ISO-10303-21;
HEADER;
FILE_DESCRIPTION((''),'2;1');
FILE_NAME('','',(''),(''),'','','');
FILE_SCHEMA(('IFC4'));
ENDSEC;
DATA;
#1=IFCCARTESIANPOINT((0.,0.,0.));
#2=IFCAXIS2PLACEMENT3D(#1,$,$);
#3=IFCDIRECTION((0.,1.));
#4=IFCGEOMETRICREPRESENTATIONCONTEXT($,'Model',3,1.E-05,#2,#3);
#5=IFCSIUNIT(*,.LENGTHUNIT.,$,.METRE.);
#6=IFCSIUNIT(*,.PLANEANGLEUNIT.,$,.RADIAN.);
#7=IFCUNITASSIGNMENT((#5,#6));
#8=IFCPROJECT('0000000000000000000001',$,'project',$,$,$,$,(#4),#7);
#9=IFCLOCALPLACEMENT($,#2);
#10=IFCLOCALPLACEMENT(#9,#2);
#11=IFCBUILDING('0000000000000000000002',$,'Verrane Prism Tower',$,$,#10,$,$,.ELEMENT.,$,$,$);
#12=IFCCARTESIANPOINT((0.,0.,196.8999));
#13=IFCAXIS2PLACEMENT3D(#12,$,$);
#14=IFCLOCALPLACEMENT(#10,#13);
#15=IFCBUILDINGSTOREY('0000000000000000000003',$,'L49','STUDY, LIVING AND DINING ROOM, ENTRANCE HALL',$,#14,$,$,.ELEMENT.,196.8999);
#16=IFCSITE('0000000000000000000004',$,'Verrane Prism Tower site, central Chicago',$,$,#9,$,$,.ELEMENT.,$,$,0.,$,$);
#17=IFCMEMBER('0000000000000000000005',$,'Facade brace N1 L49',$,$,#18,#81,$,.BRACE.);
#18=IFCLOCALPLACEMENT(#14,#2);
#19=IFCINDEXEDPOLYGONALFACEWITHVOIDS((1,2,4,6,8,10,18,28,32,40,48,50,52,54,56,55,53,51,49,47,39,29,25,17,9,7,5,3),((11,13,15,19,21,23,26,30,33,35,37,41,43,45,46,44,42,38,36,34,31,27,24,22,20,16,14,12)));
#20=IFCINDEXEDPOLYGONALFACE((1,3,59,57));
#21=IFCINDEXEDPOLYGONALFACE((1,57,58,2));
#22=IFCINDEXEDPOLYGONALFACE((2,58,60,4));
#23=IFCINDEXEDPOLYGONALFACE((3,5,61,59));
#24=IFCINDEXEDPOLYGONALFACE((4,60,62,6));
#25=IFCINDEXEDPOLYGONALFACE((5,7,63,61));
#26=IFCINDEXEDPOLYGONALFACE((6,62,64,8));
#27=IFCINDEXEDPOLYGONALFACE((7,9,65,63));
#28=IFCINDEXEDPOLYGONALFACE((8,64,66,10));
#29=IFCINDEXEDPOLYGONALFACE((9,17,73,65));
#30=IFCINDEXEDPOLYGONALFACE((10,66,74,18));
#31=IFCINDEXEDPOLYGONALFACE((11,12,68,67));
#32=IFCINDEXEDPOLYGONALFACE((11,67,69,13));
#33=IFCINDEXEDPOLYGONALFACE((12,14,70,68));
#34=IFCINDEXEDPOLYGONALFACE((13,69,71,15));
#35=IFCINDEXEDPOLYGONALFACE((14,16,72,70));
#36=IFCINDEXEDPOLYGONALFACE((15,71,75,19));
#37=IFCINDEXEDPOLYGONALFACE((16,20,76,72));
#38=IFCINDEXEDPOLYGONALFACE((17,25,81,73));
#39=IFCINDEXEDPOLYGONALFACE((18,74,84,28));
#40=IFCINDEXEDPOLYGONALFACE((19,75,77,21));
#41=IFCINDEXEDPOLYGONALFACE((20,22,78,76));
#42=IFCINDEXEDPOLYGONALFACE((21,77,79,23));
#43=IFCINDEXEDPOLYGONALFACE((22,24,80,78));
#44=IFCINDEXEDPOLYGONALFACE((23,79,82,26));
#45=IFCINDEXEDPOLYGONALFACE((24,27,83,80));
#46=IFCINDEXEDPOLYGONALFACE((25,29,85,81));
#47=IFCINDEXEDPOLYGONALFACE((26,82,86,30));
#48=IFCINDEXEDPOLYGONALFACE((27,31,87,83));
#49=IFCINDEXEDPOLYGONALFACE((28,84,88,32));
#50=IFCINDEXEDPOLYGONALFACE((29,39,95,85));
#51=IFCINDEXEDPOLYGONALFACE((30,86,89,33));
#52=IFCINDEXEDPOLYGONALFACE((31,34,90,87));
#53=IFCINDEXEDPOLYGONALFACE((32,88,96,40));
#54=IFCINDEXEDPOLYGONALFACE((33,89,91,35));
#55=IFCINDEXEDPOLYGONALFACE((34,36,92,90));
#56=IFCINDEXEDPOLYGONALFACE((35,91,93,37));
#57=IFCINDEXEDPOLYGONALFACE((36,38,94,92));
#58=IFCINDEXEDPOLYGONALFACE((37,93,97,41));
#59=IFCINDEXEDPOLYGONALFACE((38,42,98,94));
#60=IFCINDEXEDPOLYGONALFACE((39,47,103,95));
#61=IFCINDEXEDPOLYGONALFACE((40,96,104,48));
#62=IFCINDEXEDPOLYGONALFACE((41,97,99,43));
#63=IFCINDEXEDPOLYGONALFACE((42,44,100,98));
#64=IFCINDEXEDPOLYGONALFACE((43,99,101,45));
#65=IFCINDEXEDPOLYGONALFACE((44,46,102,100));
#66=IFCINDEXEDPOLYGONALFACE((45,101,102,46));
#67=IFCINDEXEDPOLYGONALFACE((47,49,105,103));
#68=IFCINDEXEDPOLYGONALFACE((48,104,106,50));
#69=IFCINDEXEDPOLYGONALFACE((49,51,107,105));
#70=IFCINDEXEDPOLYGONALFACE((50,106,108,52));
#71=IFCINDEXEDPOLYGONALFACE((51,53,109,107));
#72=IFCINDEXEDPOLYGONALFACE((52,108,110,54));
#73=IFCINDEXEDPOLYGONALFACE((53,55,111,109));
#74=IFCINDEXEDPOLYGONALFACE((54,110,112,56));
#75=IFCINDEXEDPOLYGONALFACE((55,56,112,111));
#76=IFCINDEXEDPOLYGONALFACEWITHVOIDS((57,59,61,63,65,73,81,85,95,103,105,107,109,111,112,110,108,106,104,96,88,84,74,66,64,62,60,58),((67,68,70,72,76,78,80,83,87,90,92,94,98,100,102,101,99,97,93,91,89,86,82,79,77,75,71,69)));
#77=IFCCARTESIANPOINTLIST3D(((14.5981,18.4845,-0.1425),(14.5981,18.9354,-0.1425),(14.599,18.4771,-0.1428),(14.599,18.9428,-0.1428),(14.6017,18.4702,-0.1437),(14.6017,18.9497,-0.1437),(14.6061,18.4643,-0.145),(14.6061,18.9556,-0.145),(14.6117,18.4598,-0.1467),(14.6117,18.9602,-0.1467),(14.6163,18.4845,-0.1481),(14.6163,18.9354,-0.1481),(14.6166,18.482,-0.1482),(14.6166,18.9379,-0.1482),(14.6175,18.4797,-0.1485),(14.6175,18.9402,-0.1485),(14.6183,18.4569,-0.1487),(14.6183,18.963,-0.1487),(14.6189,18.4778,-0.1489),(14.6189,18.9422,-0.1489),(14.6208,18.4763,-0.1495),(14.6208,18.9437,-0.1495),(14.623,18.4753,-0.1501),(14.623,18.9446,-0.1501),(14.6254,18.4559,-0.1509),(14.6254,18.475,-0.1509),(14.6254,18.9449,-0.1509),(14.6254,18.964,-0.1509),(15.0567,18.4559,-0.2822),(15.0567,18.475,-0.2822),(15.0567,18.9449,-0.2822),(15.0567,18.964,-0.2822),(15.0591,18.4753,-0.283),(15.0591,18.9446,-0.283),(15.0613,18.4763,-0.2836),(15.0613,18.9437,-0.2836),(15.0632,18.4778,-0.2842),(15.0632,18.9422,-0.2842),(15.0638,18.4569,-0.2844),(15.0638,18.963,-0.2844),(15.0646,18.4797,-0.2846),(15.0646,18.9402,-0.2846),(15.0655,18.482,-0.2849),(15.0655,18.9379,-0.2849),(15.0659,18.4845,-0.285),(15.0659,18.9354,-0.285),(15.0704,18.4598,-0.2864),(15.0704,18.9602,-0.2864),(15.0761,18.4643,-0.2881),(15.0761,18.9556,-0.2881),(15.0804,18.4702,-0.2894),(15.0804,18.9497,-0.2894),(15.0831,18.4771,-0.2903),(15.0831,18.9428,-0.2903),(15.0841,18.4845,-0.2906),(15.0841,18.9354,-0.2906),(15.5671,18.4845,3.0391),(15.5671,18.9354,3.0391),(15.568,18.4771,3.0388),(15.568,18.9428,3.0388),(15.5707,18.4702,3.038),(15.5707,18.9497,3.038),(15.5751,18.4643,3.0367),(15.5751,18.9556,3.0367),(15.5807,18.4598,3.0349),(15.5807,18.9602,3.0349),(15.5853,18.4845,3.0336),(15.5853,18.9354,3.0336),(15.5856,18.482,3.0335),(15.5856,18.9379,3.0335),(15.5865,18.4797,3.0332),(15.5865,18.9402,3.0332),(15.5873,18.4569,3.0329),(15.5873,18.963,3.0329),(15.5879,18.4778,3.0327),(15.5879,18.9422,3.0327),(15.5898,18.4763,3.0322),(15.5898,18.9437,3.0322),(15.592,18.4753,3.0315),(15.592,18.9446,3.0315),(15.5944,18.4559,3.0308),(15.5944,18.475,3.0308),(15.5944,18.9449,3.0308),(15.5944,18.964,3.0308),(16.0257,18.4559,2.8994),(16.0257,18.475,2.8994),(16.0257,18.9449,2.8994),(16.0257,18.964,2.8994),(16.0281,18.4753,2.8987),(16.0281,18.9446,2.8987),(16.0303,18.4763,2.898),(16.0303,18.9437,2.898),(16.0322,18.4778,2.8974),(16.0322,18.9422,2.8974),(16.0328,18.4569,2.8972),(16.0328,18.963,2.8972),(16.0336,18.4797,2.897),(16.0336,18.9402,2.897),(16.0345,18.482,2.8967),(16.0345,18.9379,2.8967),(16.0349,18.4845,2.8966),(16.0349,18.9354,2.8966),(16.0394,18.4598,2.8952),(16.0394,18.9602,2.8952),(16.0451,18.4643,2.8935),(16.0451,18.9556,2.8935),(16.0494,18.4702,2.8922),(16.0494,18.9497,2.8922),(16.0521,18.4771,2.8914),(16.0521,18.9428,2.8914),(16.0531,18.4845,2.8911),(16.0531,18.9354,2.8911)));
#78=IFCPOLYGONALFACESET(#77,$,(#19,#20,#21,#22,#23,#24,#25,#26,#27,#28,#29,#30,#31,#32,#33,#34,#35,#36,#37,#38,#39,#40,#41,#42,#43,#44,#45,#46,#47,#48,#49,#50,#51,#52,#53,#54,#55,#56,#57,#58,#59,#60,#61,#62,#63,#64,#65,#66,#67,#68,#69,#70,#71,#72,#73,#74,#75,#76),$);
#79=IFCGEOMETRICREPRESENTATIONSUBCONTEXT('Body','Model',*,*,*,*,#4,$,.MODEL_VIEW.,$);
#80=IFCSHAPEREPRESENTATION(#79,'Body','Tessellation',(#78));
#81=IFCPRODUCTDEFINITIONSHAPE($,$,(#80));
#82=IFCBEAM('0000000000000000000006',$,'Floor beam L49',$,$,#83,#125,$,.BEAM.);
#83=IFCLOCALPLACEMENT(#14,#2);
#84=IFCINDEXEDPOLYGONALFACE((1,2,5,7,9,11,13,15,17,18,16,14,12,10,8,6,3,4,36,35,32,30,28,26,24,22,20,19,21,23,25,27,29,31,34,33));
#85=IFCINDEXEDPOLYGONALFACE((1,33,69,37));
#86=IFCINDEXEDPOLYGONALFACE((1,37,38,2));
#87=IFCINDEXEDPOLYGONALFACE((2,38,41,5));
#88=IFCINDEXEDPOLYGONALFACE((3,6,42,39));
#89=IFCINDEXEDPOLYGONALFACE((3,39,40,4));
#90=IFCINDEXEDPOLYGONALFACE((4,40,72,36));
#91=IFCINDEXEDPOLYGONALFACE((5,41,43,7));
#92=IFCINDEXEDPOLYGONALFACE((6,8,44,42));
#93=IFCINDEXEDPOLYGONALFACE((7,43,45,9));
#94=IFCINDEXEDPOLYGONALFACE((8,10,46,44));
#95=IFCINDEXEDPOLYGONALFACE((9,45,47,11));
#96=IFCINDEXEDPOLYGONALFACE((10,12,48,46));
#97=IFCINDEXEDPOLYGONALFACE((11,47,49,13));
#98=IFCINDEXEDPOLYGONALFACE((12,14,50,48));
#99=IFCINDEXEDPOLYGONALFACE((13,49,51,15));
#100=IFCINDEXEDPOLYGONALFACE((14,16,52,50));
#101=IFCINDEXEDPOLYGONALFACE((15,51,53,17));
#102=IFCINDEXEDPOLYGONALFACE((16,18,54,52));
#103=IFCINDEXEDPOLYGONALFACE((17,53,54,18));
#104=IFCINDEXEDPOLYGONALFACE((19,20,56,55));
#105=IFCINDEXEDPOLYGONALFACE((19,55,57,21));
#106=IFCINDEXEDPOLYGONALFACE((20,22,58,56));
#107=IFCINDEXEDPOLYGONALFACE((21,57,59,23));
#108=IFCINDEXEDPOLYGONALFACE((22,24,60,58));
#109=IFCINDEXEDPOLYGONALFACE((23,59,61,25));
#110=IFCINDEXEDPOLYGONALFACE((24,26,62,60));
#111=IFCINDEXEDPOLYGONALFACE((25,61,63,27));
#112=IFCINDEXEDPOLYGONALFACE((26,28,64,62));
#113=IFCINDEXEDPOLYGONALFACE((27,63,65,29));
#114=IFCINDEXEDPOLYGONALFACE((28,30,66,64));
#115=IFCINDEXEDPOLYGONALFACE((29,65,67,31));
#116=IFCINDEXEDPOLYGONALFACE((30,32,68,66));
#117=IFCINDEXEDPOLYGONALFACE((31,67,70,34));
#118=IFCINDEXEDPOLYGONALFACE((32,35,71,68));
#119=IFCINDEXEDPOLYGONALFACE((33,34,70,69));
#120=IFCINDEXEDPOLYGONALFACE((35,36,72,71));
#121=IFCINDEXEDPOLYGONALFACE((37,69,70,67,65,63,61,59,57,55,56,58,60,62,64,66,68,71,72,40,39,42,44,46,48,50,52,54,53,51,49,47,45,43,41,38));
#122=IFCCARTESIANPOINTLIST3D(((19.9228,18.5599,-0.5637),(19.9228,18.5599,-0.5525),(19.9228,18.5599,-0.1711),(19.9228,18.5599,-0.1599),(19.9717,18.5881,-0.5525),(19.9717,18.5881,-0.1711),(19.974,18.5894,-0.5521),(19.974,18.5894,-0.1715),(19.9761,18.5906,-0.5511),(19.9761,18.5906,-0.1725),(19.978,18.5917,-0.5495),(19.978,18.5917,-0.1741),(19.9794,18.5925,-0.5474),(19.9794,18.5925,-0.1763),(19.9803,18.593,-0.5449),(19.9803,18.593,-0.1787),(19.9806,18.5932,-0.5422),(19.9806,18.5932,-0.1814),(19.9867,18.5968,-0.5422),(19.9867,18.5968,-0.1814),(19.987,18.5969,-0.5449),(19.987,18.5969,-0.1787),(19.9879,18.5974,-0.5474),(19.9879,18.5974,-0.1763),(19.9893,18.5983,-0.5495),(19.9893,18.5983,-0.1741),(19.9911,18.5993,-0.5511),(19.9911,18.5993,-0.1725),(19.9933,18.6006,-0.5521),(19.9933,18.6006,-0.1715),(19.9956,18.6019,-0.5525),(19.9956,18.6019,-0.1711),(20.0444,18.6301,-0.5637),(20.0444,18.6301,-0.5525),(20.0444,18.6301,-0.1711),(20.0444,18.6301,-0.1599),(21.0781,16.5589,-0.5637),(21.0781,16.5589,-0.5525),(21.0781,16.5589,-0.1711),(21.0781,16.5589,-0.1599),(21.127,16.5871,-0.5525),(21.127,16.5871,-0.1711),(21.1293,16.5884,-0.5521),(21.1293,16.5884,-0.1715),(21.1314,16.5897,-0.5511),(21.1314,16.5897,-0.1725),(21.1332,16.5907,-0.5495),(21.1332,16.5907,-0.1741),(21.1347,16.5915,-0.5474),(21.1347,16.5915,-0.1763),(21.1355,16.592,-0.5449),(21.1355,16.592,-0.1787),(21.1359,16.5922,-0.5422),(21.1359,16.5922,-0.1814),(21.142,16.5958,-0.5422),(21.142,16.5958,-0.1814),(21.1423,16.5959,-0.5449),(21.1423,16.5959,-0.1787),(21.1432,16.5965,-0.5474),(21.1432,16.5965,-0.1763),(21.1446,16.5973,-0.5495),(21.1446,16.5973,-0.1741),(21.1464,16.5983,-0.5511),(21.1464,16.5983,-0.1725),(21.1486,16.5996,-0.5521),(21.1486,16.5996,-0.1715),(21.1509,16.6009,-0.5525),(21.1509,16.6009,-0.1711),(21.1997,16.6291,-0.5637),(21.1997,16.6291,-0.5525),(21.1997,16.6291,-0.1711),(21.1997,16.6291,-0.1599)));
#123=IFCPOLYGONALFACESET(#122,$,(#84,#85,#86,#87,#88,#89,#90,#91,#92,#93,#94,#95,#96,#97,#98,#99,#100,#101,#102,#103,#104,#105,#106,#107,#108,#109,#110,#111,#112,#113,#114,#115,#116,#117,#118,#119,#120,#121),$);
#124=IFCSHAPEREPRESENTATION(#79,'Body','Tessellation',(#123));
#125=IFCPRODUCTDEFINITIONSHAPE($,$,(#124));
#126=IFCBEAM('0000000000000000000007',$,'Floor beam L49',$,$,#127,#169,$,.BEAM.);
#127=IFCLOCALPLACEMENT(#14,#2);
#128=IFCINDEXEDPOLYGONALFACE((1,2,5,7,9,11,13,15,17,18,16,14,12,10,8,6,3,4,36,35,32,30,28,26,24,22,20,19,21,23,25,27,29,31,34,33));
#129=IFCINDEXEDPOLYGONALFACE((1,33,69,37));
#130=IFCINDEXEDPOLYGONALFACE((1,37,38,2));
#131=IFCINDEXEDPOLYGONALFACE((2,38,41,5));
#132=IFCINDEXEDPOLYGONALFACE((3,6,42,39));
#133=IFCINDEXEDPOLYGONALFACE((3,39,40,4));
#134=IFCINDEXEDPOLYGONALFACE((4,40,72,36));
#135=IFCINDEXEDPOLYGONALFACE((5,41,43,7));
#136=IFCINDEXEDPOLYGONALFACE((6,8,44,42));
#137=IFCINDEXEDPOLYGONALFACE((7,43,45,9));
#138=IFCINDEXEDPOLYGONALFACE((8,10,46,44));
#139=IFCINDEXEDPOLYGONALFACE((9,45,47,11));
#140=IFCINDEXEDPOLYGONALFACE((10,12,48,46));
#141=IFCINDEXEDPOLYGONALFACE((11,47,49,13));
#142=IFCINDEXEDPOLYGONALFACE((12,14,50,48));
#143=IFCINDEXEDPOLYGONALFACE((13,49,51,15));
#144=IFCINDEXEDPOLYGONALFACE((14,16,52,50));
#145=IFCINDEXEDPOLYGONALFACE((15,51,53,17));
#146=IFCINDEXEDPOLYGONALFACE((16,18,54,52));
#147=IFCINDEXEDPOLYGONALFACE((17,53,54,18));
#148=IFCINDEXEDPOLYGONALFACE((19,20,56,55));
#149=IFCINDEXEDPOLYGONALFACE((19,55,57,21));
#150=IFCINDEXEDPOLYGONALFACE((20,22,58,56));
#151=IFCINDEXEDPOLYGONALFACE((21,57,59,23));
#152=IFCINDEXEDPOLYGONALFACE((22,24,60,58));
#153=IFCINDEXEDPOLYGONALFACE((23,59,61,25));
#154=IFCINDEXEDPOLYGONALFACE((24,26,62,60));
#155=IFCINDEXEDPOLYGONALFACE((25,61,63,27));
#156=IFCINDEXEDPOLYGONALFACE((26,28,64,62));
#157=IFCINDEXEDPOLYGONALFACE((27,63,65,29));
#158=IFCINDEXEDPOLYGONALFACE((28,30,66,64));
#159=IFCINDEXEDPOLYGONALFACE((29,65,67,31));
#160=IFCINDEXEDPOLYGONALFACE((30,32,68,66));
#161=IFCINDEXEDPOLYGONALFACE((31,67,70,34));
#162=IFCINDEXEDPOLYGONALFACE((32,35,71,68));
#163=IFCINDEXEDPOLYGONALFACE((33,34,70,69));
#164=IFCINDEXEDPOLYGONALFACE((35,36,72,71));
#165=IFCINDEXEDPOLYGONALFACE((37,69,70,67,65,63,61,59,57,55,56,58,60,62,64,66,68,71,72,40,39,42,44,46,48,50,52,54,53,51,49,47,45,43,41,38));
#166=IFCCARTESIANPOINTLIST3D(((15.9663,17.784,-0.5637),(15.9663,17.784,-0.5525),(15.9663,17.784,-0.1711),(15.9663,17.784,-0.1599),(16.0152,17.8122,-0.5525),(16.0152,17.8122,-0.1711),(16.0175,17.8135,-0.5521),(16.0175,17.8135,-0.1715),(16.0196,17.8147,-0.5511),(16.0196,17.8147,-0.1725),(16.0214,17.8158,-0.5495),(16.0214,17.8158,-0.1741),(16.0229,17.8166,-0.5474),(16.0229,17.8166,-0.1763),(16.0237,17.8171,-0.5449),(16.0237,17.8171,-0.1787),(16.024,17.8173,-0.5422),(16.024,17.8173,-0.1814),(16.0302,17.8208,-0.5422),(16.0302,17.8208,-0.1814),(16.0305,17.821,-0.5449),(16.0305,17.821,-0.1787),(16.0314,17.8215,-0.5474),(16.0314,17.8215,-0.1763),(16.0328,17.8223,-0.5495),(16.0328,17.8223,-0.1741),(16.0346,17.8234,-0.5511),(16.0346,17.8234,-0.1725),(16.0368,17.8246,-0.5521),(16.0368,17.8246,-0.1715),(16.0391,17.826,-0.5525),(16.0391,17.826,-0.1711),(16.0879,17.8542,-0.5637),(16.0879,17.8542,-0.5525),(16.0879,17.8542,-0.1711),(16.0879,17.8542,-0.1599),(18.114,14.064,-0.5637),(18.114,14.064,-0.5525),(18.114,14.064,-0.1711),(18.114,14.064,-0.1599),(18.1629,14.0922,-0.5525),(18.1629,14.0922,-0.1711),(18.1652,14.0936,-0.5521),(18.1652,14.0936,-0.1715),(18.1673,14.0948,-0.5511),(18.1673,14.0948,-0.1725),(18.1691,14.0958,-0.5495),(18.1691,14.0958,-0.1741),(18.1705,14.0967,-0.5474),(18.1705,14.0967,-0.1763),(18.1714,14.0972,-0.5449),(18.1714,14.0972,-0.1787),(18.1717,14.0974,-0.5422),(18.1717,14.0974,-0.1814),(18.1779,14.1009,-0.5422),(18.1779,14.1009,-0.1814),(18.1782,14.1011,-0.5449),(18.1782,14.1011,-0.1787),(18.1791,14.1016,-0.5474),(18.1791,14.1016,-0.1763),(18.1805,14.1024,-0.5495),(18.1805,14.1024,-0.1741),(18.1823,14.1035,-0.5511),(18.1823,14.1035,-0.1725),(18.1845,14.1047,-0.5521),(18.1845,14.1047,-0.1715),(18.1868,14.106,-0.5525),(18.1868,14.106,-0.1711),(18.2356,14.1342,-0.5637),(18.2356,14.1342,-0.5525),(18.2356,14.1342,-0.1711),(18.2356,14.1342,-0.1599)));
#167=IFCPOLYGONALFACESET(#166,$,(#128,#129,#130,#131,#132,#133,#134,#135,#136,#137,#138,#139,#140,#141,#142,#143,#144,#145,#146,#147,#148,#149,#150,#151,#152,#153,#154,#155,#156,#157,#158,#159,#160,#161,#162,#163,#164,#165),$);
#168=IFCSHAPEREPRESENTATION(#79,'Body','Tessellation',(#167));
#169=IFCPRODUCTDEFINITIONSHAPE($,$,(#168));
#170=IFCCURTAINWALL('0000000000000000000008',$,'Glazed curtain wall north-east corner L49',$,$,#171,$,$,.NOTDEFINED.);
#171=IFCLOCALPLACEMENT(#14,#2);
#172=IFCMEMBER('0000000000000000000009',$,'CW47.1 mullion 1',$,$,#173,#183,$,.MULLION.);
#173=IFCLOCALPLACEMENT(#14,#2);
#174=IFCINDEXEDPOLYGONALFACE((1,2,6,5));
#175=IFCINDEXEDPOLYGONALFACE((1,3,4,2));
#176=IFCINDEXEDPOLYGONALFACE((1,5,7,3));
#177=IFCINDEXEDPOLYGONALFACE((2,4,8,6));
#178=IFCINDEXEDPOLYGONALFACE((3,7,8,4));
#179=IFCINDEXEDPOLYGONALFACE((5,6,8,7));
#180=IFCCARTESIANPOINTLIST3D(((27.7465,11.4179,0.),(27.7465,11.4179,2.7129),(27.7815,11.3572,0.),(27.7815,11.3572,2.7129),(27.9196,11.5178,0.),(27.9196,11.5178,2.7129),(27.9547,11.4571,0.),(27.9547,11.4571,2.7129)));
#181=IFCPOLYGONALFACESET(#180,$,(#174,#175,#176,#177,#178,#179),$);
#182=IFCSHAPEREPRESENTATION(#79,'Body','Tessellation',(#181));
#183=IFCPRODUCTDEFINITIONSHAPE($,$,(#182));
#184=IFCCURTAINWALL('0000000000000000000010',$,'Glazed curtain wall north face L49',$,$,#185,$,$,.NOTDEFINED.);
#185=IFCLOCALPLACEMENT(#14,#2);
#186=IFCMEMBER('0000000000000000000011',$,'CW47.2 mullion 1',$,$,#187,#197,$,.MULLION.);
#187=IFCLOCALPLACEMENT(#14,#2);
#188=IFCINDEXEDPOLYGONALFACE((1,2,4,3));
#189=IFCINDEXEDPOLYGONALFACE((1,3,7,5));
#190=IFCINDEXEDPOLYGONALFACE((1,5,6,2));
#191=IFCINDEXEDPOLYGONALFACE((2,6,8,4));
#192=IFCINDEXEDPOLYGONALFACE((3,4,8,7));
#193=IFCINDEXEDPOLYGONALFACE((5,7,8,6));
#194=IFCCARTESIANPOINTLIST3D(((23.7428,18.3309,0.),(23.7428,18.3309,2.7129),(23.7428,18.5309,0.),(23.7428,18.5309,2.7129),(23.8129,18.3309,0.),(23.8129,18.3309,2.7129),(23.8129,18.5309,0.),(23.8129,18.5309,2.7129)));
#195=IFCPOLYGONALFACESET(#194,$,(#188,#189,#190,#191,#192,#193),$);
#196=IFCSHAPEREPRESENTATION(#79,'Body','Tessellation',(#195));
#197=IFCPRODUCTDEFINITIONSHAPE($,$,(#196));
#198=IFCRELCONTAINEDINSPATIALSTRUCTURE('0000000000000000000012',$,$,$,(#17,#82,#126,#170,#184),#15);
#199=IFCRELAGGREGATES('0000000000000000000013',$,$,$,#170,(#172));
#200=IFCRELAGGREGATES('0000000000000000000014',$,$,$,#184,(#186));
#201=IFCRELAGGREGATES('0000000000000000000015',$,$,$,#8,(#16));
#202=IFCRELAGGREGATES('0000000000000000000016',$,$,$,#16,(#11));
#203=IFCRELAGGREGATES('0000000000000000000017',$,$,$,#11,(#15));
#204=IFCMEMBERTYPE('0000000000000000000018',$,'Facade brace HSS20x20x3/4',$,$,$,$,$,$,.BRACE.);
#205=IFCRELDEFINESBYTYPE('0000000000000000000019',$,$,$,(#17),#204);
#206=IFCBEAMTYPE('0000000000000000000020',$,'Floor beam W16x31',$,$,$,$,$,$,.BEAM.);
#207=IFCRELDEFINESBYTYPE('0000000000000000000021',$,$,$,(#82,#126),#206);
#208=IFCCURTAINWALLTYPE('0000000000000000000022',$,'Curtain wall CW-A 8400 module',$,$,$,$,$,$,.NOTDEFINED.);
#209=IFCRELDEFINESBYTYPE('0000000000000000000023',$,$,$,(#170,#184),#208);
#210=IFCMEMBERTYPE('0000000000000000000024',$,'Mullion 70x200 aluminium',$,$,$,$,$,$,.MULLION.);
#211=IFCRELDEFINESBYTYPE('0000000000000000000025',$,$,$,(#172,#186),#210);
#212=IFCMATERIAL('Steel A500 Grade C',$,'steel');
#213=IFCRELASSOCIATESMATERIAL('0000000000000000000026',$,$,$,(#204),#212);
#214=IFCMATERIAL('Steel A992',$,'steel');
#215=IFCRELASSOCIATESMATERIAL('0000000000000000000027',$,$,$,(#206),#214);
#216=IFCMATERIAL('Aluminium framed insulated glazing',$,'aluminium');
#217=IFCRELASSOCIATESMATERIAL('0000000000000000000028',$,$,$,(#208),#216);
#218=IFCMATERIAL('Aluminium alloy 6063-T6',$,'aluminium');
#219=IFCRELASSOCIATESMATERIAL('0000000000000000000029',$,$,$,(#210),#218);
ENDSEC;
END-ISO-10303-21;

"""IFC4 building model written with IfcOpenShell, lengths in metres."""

from ifc_helpers import new_model, si_unit, direction, frame, origin, origin_2d, place, context, subcontext, project, spatial, rectangle, hollow_rectangle, i_section, extrude, material, material_profile, profile_set, type_object, element, aggregate, save


model = new_model("IFC4")

# Units and contexts
model_context = context("Model", 3, precision=1e-05, world=origin(), true_north=direction((0.0, 1.0)))
body_context = subcontext(model_context, "Body", "Model", "MODEL_VIEW")
ifc_project = project(units=[si_unit("LENGTHUNIT", "METRE"), si_unit("PLANEANGLEUNIT", "RADIAN")], contexts=[model_context])

# Site, building, storey
site_placement = place(None, origin())
site = spatial("IfcSite", under=ifc_project, at=site_placement, Name="Verrane Prism Tower site, central Chicago", CompositionType="ELEMENT", RefElevation=0.0)
building_placement = place(site_placement, origin())
building = spatial("IfcBuilding", under=site, at=building_placement, Name="Verrane Prism Tower", CompositionType="ELEMENT")
storey_placement = place(building_placement, frame((0.0, 0.0, 196.8999)))
storey = spatial("IfcBuildingStorey", under=building, at=storey_placement, Name="L49", Description="STUDY, LIVING AND DINING ROOM, ENTRANCE HALL", CompositionType="ELEMENT", Elevation=196.8999)

# Member
ifc_material_1 = material(Name="Steel A500 Grade C", Category="steel")
ifc_material_profile_1 = material_profile(ifc_material_1, hollow_rectangle(XDim=0.5081, YDim=0.5081, WallThickness=0.019, InnerFilletRadius=0.0095, OuterFilletRadius=0.0286, at=origin_2d()), Name="HSS20x20x3/4")
ifc_profile_set_1 = profile_set([ifc_material_profile_1], Name="Steel A500 Grade C")
member_type_1 = type_object("IfcMemberType", Name="Facade brace HSS20x20x3/4", PredefinedType="BRACE", material=ifc_profile_set_1)
member_1_placement = place(storey_placement, frame((14.8411, 18.71, -0.2166), z_axis=(0.291346, 0.0, 0.956618), x_axis=(0.0, 1.0, 0.0)))
element("IfcMember", 1, at=member_1_placement, inside=storey, type_object=member_type_1, Name="Facade brace N1 L49", PredefinedType="BRACE", context=body_context, shape_type="SweptSolid", body=[
    extrude(hollow_rectangle(XDim=0.5081, YDim=0.5081, WallThickness=0.019, InnerFilletRadius=0.0095, OuterFilletRadius=0.0286, at=origin_2d()), origin(), (0.0, 0.0, 1.0), 3.3259),
])

# Beams
ifc_material_2 = material(Name="Steel A992", Category="steel")
ifc_material_profile_2 = material_profile(ifc_material_2, i_section(OverallWidth=0.1404, OverallDepth=0.4038, WebThickness=0.0071, FlangeThickness=0.0112, FilletRadius=0.0103, at=origin_2d()), Name="W16x31")
ifc_profile_set_2 = profile_set([ifc_material_profile_2], Name="Steel A992")
beam_type_1 = type_object("IfcBeamType", Name="Floor beam W16x31", PredefinedType="BEAM", material=ifc_profile_set_2)
beam_1_placement = place(storey_placement, frame((21.1389, 16.594, -0.3618), z_axis=(-0.500003, 0.866024, 0.0), x_axis=(-0.866024, -0.500003, 0.0)))
element("IfcBeam", 2, at=beam_1_placement, inside=storey, type_object=beam_type_1, Name="Floor beam L49", PredefinedType="BEAM", context=body_context, shape_type="SweptSolid", body=[
    extrude(i_section(OverallWidth=0.1404, OverallDepth=0.4038, WebThickness=0.0071, FlangeThickness=0.0112, FilletRadius=0.0103, at=origin_2d()), origin(), (0.0, 0.0, 1.0), 2.3105),
])
beam_2_placement = place(storey_placement, frame((18.1748, 14.0991, -0.3618), z_axis=(-0.499996, 0.866028, 0.0), x_axis=(-0.866028, -0.499996, 0.0)))
element("IfcBeam", 3, at=beam_2_placement, inside=storey, type_object=beam_type_1, Name="Floor beam L49", PredefinedType="BEAM", context=body_context, shape_type="SweptSolid", body=[
    extrude(i_section(OverallWidth=0.1404, OverallDepth=0.4038, WebThickness=0.0071, FlangeThickness=0.0112, FilletRadius=0.0103, at=origin_2d()), origin(), (0.0, 0.0, 1.0), 4.2954),
])

# Curtain wall, member
ifc_material_3 = material(Name="Aluminium framed insulated glazing", Category="aluminium")
curtain_wall_type = type_object("IfcCurtainWallType", Name="Curtain wall CW-A 8400 module", PredefinedType="NOTDEFINED", material=ifc_material_3)
curtain_wall_1_placement = place(storey_placement, origin())
curtain_wall_1 = element("IfcCurtainWall", 4, at=curtain_wall_1_placement, inside=storey, type_object=curtain_wall_type, Name="Glazed curtain wall north-east corner L49", PredefinedType="NOTDEFINED")
ifc_material_4 = material(Name="Aluminium alloy 6063-T6", Category="aluminium")
ifc_material_profile_3 = material_profile(ifc_material_4, rectangle(XDim=0.2, YDim=0.0701, at=origin_2d()), Name="Mullion 70x200 aluminium")
ifc_profile_set_3 = profile_set([ifc_material_profile_3], Name="Aluminium alloy 6063-T6")
member_type_2 = type_object("IfcMemberType", Name="Mullion 70x200 aluminium", PredefinedType="MULLION", material=ifc_profile_set_3)
member_2_placement = place(storey_placement, frame((27.8506, 11.4375, 0.0), z_axis=(0.0, 0.0, 1.0), x_axis=(-0.866023, -0.500005, 0.0)))
member_2 = element("IfcMember", 5, at=member_2_placement, type_object=member_type_2, Name="CW47.1 mullion 1", PredefinedType="MULLION", context=body_context, shape_type="SweptSolid", body=[
    extrude(rectangle(XDim=0.2, YDim=0.0701, at=origin_2d()), origin(), (0.0, 0.0, 1.0), 2.7129),
])

# Curtain wall, member
curtain_wall_2_placement = place(storey_placement, origin())
curtain_wall_2 = element("IfcCurtainWall", 6, at=curtain_wall_2_placement, inside=storey, type_object=curtain_wall_type, Name="Glazed curtain wall north face L49", PredefinedType="NOTDEFINED")
member_3_placement = place(storey_placement, frame((23.7778, 18.4309, 0.0), z_axis=(0.0, 0.0, 1.0), x_axis=(0.0, -1.0, 0.0)))
member_3 = element("IfcMember", 7, at=member_3_placement, type_object=member_type_2, Name="CW47.2 mullion 1", PredefinedType="MULLION", context=body_context, shape_type="SweptSolid", body=[
    extrude(rectangle(XDim=0.2, YDim=0.0701, at=origin_2d()), origin(), (0.0, 0.0, 1.0), 2.7129),
])

aggregate(curtain_wall_1, [member_2])
aggregate(curtain_wall_2, [member_3])

save(model, "model.ifc")
